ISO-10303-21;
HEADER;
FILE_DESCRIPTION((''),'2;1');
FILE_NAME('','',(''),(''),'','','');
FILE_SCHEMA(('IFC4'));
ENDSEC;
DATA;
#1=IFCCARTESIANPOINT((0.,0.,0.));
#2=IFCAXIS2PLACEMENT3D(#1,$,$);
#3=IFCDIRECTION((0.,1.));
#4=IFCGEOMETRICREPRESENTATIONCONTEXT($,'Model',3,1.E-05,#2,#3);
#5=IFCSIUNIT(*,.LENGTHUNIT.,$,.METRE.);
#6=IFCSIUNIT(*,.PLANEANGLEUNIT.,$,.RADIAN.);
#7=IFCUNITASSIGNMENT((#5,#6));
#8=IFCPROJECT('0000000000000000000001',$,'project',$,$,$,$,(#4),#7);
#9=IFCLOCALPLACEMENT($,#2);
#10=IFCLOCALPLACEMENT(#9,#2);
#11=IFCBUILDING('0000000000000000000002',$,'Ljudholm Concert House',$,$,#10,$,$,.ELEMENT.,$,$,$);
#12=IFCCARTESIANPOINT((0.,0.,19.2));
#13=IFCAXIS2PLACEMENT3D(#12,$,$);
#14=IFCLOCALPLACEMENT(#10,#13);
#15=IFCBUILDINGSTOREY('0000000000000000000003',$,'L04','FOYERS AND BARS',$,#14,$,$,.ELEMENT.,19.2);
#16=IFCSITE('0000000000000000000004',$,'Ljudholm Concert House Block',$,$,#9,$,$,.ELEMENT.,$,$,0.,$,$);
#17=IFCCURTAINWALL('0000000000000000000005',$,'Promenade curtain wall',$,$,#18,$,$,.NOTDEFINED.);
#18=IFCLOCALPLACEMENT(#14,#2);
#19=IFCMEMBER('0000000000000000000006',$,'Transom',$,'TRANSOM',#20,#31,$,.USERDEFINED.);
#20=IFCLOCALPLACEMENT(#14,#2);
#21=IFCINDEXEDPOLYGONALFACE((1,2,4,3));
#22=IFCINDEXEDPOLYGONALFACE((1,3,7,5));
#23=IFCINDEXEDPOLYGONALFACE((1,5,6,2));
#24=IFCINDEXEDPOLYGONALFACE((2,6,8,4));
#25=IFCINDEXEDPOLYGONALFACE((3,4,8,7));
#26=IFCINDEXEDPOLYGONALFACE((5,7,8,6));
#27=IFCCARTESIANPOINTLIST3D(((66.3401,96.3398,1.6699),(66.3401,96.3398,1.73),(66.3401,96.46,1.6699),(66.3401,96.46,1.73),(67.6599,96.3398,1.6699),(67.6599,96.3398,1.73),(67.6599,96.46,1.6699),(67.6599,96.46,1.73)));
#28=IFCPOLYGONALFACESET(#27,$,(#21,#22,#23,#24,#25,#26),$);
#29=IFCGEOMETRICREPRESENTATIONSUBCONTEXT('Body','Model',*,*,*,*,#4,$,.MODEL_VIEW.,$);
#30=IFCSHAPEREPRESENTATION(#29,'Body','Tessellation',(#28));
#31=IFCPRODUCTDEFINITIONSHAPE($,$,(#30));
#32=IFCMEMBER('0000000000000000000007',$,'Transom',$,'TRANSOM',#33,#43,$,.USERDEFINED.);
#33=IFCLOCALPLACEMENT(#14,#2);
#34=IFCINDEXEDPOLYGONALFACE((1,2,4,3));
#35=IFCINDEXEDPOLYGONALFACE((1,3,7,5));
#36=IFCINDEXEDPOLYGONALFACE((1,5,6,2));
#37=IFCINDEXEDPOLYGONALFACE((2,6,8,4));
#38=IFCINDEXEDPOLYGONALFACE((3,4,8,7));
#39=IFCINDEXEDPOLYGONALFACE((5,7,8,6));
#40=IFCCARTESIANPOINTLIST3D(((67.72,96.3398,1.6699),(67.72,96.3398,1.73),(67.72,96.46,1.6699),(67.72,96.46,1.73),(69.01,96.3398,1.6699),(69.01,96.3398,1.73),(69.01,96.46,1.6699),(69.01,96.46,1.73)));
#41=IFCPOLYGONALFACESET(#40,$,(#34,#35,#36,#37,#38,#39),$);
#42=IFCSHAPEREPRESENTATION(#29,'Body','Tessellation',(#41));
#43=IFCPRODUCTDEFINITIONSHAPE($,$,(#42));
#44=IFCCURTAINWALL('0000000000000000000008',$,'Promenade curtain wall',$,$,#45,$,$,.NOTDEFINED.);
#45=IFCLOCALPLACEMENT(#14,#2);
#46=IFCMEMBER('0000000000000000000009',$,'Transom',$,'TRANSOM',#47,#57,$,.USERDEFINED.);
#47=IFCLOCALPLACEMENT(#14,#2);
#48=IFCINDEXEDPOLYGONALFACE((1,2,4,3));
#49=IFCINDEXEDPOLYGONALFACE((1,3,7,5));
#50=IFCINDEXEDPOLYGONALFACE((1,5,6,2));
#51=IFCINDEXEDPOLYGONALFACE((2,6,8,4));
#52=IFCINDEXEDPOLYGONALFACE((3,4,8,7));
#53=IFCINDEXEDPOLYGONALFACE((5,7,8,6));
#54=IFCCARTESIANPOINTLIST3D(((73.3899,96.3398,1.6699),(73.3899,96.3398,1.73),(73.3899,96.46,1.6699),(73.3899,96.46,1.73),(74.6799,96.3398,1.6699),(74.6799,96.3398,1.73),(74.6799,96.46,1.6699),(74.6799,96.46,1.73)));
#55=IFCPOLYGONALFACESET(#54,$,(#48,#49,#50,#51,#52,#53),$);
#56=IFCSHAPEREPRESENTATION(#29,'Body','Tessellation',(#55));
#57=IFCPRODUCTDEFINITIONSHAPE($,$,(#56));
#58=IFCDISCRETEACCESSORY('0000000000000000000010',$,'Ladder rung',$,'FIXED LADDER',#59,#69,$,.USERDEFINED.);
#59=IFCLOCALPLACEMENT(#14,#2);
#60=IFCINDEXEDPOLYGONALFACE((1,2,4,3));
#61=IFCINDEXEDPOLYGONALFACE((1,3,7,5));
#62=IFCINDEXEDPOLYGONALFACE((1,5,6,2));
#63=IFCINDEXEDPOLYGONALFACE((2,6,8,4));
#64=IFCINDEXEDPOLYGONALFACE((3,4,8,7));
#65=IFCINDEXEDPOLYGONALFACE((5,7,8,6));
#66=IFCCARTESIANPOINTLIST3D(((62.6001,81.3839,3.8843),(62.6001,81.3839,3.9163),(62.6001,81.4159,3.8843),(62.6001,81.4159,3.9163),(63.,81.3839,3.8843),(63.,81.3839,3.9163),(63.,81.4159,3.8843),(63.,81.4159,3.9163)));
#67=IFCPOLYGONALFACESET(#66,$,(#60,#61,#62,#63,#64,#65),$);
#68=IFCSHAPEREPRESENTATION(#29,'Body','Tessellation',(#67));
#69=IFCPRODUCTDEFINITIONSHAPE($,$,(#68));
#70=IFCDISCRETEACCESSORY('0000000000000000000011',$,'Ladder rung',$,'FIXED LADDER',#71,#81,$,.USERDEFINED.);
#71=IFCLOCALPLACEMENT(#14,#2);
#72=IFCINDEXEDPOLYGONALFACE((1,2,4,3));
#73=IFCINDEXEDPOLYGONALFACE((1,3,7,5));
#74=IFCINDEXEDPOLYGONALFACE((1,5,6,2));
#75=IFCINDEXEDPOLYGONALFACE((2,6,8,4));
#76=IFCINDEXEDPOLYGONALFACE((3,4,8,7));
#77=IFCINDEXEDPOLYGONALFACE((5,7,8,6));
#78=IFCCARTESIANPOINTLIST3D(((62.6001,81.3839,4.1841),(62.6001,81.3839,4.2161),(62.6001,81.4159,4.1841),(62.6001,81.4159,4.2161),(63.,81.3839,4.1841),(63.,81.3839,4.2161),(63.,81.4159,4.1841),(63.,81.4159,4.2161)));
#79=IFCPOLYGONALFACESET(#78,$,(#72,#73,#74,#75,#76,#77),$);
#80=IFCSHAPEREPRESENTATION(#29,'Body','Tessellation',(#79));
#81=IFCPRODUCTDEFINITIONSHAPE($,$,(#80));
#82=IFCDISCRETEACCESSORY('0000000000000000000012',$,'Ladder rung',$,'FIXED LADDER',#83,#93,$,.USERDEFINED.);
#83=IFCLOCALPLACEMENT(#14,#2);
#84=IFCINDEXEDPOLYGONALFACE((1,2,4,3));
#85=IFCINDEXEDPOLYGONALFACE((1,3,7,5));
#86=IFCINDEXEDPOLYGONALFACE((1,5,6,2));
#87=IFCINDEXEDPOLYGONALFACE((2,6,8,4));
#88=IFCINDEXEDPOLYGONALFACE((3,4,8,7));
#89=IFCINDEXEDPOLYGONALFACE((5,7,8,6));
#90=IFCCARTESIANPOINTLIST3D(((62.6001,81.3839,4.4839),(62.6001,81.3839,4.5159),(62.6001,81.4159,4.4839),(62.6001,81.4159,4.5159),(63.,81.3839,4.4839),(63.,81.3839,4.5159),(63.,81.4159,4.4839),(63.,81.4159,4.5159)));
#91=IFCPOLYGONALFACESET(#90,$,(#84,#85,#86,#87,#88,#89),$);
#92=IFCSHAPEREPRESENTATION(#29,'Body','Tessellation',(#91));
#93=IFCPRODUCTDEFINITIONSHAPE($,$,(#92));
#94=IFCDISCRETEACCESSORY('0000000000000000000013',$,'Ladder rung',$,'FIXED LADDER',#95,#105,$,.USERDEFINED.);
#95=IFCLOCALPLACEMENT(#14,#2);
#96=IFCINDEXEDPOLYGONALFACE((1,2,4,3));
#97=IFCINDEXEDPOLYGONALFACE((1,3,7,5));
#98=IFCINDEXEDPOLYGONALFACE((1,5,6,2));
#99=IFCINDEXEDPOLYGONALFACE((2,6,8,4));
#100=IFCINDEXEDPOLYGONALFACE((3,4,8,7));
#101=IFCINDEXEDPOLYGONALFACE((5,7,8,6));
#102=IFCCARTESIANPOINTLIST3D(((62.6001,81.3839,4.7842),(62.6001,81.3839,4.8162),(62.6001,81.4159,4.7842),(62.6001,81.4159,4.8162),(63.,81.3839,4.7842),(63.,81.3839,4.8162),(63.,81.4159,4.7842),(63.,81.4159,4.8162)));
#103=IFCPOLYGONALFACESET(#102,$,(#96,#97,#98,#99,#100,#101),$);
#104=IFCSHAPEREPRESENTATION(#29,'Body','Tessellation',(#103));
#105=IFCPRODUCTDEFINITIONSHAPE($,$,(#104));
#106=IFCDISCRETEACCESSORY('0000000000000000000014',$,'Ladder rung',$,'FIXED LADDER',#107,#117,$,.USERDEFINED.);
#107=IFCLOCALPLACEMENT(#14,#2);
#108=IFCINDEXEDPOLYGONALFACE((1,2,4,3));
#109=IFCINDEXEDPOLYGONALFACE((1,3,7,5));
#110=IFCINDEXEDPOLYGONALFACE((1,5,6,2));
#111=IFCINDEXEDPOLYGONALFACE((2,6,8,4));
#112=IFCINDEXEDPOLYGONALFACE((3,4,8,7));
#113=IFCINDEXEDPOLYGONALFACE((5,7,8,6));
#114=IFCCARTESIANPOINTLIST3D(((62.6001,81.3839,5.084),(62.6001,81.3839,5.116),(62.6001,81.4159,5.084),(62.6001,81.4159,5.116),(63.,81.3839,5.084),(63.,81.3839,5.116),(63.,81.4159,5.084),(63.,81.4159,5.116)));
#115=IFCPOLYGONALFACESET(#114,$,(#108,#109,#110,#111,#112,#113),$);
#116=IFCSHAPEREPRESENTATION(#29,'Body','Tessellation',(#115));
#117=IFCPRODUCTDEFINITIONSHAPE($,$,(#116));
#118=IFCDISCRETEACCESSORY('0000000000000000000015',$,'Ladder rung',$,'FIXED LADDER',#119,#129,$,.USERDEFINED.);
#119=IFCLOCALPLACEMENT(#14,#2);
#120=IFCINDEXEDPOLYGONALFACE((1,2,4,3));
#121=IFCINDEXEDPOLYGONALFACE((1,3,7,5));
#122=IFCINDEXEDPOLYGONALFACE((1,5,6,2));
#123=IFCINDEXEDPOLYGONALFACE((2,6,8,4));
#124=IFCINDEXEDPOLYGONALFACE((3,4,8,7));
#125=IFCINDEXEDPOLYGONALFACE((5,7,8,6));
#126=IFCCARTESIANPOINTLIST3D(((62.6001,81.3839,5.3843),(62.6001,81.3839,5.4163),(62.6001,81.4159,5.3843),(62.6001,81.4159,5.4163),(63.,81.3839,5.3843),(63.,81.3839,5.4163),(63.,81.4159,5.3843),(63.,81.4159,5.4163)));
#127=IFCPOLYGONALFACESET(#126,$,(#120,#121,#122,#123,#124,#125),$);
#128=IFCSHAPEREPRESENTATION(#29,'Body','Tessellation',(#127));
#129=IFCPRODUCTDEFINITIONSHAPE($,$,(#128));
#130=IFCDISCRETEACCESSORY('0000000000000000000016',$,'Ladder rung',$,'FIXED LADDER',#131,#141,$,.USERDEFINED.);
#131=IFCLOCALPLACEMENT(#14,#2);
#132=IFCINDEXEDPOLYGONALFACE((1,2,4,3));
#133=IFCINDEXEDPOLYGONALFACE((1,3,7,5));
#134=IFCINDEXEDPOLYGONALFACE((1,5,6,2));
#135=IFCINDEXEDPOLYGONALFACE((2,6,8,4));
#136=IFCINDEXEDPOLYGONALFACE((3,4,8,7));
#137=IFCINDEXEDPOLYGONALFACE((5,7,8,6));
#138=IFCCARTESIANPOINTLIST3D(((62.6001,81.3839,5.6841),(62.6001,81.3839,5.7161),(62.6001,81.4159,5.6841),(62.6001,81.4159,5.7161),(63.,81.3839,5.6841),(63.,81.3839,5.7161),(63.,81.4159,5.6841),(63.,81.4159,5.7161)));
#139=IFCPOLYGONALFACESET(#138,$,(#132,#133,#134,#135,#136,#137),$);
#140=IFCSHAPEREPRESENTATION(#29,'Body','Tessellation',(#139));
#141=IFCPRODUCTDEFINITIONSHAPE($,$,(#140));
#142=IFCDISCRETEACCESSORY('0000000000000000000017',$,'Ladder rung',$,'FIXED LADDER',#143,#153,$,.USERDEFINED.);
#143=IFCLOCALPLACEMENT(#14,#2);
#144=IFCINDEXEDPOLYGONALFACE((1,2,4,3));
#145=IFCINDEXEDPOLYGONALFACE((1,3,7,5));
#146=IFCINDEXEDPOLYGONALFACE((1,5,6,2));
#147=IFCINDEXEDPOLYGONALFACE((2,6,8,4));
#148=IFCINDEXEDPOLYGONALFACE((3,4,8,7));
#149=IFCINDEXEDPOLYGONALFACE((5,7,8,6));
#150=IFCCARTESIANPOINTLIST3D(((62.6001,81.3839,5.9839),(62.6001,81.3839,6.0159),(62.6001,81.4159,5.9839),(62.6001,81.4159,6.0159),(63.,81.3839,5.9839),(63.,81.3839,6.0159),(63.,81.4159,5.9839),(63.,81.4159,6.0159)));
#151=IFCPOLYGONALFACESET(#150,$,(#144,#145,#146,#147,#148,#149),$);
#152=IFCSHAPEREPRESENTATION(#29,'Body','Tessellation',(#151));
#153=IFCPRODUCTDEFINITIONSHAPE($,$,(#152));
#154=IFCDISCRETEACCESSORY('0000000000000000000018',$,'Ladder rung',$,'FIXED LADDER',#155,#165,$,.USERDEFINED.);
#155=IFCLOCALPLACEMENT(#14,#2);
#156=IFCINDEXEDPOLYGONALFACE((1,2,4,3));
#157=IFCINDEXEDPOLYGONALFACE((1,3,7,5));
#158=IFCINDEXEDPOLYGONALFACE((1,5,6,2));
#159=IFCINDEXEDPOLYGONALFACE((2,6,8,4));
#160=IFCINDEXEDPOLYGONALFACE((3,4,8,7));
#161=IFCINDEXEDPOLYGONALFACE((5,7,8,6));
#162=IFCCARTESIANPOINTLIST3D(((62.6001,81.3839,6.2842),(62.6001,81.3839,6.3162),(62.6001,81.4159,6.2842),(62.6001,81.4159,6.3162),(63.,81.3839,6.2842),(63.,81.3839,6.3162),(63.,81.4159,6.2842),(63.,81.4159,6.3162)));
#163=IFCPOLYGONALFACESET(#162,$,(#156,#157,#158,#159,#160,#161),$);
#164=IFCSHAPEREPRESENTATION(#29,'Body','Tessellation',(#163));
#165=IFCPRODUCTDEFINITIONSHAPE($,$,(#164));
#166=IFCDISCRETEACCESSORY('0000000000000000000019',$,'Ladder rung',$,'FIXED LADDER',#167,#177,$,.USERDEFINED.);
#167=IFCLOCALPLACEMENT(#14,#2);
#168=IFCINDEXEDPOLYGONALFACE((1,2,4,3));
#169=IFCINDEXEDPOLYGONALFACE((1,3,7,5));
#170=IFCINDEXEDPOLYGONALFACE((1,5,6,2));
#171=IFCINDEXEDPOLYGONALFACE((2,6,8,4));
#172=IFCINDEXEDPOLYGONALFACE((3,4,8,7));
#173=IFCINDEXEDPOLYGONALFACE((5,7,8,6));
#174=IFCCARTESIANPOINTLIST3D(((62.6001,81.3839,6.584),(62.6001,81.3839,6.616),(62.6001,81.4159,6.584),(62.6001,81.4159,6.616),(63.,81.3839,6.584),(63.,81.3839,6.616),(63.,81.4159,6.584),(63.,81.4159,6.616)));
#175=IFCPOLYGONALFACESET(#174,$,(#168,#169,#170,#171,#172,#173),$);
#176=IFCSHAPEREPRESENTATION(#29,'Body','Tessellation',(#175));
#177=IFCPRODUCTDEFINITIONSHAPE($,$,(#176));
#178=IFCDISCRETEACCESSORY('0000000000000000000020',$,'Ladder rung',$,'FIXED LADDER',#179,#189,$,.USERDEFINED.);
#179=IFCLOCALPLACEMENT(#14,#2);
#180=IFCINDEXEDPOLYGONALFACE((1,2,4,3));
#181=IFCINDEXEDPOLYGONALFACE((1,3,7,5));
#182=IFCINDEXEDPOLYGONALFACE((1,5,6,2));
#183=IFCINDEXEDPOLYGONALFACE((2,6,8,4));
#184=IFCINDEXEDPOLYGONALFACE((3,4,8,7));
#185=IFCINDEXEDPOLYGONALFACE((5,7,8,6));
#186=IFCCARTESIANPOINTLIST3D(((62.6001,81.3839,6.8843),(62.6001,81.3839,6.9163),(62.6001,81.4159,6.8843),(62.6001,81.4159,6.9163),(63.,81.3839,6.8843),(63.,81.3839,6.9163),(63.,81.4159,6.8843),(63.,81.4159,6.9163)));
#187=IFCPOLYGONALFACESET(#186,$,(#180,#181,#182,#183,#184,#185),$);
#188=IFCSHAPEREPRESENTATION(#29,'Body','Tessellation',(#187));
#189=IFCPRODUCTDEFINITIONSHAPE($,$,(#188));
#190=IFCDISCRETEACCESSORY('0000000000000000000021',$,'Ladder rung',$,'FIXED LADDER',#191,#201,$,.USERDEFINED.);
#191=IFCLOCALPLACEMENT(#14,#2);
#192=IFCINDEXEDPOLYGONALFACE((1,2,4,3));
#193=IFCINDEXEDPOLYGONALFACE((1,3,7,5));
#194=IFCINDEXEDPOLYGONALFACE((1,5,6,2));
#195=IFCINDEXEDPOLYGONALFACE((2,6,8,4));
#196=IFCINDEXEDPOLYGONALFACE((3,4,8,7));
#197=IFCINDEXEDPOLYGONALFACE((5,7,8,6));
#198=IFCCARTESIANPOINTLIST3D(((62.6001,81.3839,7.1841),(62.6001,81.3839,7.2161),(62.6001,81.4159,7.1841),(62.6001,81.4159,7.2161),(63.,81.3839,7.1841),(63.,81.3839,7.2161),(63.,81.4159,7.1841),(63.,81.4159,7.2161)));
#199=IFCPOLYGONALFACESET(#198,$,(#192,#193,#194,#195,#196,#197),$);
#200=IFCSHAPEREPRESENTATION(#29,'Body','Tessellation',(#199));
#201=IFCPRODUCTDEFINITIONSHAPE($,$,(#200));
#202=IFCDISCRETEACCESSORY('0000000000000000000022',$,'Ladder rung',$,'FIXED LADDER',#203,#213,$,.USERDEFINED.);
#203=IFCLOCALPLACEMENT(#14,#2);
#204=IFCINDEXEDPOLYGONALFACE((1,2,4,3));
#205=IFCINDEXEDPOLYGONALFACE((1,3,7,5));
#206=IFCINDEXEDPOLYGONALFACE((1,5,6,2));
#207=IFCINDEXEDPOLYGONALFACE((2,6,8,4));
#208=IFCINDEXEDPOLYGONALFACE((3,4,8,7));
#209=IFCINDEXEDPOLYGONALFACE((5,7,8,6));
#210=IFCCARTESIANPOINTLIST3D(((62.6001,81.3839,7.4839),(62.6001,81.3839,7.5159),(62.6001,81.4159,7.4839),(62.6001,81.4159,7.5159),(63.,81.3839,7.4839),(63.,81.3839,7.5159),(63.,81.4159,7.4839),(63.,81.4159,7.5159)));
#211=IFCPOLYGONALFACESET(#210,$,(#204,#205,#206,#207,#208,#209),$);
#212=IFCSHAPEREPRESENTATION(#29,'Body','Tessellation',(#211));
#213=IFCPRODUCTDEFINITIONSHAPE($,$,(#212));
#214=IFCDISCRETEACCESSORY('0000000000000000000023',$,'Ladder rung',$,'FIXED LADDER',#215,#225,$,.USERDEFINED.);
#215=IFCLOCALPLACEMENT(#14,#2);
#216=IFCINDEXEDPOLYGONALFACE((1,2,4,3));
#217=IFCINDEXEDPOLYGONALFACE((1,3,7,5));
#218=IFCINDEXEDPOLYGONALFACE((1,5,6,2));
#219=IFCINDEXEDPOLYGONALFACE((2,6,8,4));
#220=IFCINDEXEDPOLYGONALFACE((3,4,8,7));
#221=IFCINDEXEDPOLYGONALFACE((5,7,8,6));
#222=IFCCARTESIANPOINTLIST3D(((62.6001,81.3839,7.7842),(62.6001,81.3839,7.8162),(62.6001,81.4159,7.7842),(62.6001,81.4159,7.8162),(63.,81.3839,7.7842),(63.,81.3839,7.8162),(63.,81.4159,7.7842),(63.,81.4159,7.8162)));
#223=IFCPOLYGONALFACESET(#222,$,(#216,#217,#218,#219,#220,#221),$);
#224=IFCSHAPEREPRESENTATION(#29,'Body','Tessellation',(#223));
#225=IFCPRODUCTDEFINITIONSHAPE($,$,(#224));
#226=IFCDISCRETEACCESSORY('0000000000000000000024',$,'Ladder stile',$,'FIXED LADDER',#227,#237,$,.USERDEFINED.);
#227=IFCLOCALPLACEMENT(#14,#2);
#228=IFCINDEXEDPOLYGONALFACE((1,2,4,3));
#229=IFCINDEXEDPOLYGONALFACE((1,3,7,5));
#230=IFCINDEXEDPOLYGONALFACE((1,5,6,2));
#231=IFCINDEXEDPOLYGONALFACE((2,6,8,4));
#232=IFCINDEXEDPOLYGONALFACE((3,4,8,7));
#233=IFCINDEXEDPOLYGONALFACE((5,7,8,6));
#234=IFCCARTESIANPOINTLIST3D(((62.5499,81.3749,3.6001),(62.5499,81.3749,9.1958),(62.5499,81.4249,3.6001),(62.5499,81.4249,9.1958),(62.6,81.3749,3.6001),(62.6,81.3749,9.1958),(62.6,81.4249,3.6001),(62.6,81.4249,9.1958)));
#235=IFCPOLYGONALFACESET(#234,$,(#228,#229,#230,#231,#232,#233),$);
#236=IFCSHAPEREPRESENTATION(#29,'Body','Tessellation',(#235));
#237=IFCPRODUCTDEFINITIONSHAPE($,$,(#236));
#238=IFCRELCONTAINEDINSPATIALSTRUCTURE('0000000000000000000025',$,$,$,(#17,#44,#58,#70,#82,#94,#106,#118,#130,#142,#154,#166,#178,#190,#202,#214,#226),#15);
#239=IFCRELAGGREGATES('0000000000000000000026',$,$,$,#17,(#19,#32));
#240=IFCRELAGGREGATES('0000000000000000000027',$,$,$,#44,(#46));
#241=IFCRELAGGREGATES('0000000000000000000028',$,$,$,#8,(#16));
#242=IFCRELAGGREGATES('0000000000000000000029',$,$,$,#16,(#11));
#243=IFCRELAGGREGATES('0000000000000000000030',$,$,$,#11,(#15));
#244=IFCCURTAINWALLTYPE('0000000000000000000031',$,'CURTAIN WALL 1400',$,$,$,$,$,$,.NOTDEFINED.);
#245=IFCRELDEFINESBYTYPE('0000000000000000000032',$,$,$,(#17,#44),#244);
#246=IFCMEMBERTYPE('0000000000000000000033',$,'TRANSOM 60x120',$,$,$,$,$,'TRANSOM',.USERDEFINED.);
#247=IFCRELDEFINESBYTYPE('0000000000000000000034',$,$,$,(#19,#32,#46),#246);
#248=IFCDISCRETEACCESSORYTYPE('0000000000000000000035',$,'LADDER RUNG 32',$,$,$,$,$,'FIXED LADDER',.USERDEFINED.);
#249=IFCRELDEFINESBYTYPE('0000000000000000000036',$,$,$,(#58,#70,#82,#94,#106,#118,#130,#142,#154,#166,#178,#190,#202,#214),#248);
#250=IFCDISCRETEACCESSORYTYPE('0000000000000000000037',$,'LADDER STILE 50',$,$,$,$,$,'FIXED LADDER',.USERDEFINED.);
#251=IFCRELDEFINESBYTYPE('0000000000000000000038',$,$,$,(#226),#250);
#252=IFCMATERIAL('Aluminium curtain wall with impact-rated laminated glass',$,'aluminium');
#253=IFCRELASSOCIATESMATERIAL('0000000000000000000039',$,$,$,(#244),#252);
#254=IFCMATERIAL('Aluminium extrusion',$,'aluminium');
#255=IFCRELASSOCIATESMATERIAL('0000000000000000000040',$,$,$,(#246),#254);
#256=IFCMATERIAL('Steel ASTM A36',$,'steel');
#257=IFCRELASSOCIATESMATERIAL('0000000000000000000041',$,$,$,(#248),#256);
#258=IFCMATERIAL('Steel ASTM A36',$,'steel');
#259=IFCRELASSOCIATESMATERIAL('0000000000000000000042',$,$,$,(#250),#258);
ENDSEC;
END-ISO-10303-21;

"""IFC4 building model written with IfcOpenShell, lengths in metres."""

from ifc_helpers import new_model, si_unit, direction, frame, origin, origin_2d, place, context, subcontext, project, spatial, rectangle, extrude, material, material_profile, profile_set, type_object, element, aggregate, save


model = new_model("IFC4")

# Units and contexts
model_context = context("Model", 3, precision=1e-05, world=origin(), true_north=direction((0.0, 1.0)))
body_context = subcontext(model_context, "Body", "Model", "MODEL_VIEW")
ifc_project = project(units=[si_unit("LENGTHUNIT", "METRE"), si_unit("PLANEANGLEUNIT", "RADIAN")], contexts=[model_context])

# Site, building, storey
site_placement = place(None, origin())
site = spatial("IfcSite", under=ifc_project, at=site_placement, Name="Ljudholm Concert House Block", CompositionType="ELEMENT", RefElevation=0.0)
building_placement = place(site_placement, origin())
building = spatial("IfcBuilding", under=site, at=building_placement, Name="Ljudholm Concert House", CompositionType="ELEMENT")
storey_placement = place(building_placement, frame((0.0, 0.0, 19.2)))
storey = spatial("IfcBuildingStorey", under=building, at=storey_placement, Name="L04", Description="FOYERS AND BARS", CompositionType="ELEMENT", Elevation=19.2)

# Curtain wall, members
ifc_material_1 = material(Name="Aluminium curtain wall with impact-rated laminated glass", Category="aluminium")
curtain_wall_type = type_object("IfcCurtainWallType", Name="CURTAIN WALL 1400", PredefinedType="NOTDEFINED", material=ifc_material_1)
curtain_wall_1_placement = place(storey_placement, origin())
curtain_wall_1 = element("IfcCurtainWall", 1, at=curtain_wall_1_placement, inside=storey, type_object=curtain_wall_type, Name="Promenade curtain wall", PredefinedType="NOTDEFINED")
ifc_material_2 = material(Name="Aluminium extrusion", Category="aluminium")
ifc_material_profile_1 = material_profile(ifc_material_2, rectangle(XDim=0.1201, YDim=0.0601, at=origin_2d()), Name="TRANSOM 60x120")
ifc_profile_set_1 = profile_set([ifc_material_profile_1], Name="Aluminium extrusion")
member_type = type_object("IfcMemberType", Name="TRANSOM 60x120", ElementType="TRANSOM", PredefinedType="USERDEFINED", material=ifc_profile_set_1)
member_1_placement = place(storey_placement, frame((66.3401, 96.3999, 1.7), z_axis=(1.0, 0.0, 0.0), x_axis=(0.0, 1.0, 0.0)))
member_1 = element("IfcMember", 2, at=member_1_placement, type_object=member_type, Name="Transom", ObjectType="TRANSOM", PredefinedType="USERDEFINED", context=body_context, shape_type="SweptSolid", body=[
    extrude(rectangle(XDim=0.1201, YDim=0.0601, at=origin_2d()), origin(), (0.0, 0.0, 1.0), 1.3198),
])
member_2_placement = place(storey_placement, frame((67.72, 96.3999, 1.7), z_axis=(1.0, 0.0, 0.0), x_axis=(0.0, 1.0, 0.0)))
member_2 = element("IfcMember", 3, at=member_2_placement, type_object=member_type, Name="Transom", ObjectType="TRANSOM", PredefinedType="USERDEFINED", context=body_context, shape_type="SweptSolid", body=[
    extrude(rectangle(XDim=0.1201, YDim=0.0601, at=origin_2d()), origin(), (0.0, 0.0, 1.0), 1.29),
])
aggregate(curtain_wall_1, [member_1, member_2])

# Curtain wall, member
curtain_wall_2_placement = place(storey_placement, origin())
curtain_wall_2 = element("IfcCurtainWall", 4, at=curtain_wall_2_placement, inside=storey, type_object=curtain_wall_type, Name="Promenade curtain wall", PredefinedType="NOTDEFINED")
member_3_placement = place(storey_placement, frame((73.3899, 96.3999, 1.7), z_axis=(1.0, 0.0, 0.0), x_axis=(0.0, 1.0, 0.0)))
member_3 = element("IfcMember", 5, at=member_3_placement, type_object=member_type, Name="Transom", ObjectType="TRANSOM", PredefinedType="USERDEFINED", context=body_context, shape_type="SweptSolid", body=[
    extrude(rectangle(XDim=0.1201, YDim=0.0601, at=origin_2d()), origin(), (0.0, 0.0, 1.0), 1.29),
])
aggregate(curtain_wall_2, [member_3])

# Discrete accessories
ifc_material_3 = material(Name="Steel ASTM A36", Category="steel")
discrete_accessory_type_1 = type_object("IfcDiscreteAccessoryType", Name="LADDER RUNG 32", ElementType="FIXED LADDER", PredefinedType="USERDEFINED", material=ifc_material_3)
for number, where, z_axis, x_axis, name in (
    (6, (62.8, 81.3999, 3.8843), (0.0, 0.0, 1.0), (1.0, 0.0, 0.0), "Ladder rung"),
    (7, (62.8, 81.3999, 4.1841), (0.0, 0.0, 1.0), (1.0, 0.0, 0.0), "Ladder rung"),
    (8, (62.8, 81.3999, 4.4839), (0.0, 0.0, 1.0), (1.0, 0.0, 0.0), "Ladder rung"),
    (9, (62.8, 81.3999, 4.7842), (0.0, 0.0, 1.0), (1.0, 0.0, 0.0), "Ladder rung"),
    (10, (62.8, 81.3999, 5.084), (0.0, 0.0, 1.0), (1.0, 0.0, 0.0), "Ladder rung"),
    (11, (62.8, 81.3999, 5.3843), (0.0, 0.0, 1.0), (1.0, 0.0, 0.0), "Ladder rung"),
    (12, (62.8, 81.3999, 5.6841), (0.0, 0.0, 1.0), (1.0, 0.0, 0.0), "Ladder rung"),
    (13, (62.8, 81.3999, 5.9839), (0.0, 0.0, 1.0), (1.0, 0.0, 0.0), "Ladder rung"),
    (14, (62.8, 81.3999, 6.2842), (0.0, 0.0, 1.0), (1.0, 0.0, 0.0), "Ladder rung"),
    (15, (62.8, 81.3999, 6.584), (0.0, 0.0, 1.0), (1.0, 0.0, 0.0), "Ladder rung"),
    (16, (62.8, 81.3999, 6.8843), (0.0, 0.0, 1.0), (1.0, 0.0, 0.0), "Ladder rung"),
    (17, (62.8, 81.3999, 7.1841), (0.0, 0.0, 1.0), (1.0, 0.0, 0.0), "Ladder rung"),
    (18, (62.8, 81.3999, 7.4839), (0.0, 0.0, 1.0), (1.0, 0.0, 0.0), "Ladder rung"),
    (19, (62.8, 81.3999, 7.7842), (0.0, 0.0, 1.0), (1.0, 0.0, 0.0), "Ladder rung"),
):
    element("IfcDiscreteAccessory", number, at=place(storey_placement, frame(where, z_axis=z_axis, x_axis=x_axis)), inside=storey, type_object=discrete_accessory_type_1, Name=name, ObjectType="FIXED LADDER", PredefinedType="USERDEFINED", context=body_context, shape_type="SweptSolid", body=[
        extrude(rectangle(XDim=0.3999, YDim=0.032, at=origin_2d()), origin(), (0.0, 0.0, 1.0), 0.032),
    ])
ifc_material_4 = material(Name="Steel ASTM A36", Category="steel")
discrete_accessory_type_2 = type_object("IfcDiscreteAccessoryType", Name="LADDER STILE 50", ElementType="FIXED LADDER", PredefinedType="USERDEFINED", material=ifc_material_4)
for number, where, z_axis, x_axis, name in (
    (20, (62.575, 81.3999, 3.6001), (0.0, 0.0, 1.0), (1.0, 0.0, 0.0), "Ladder stile"),
):
    element("IfcDiscreteAccessory", number, at=place(storey_placement, frame(where, z_axis=z_axis, x_axis=x_axis)), inside=storey, type_object=discrete_accessory_type_2, Name=name, ObjectType="FIXED LADDER", PredefinedType="USERDEFINED", context=body_context, shape_type="SweptSolid", body=[
        extrude(rectangle(XDim=0.05, YDim=0.05, at=origin_2d()), origin(), (0.0, 0.0, 1.0), 5.5957),
    ])

save(model, "model.ifc")
